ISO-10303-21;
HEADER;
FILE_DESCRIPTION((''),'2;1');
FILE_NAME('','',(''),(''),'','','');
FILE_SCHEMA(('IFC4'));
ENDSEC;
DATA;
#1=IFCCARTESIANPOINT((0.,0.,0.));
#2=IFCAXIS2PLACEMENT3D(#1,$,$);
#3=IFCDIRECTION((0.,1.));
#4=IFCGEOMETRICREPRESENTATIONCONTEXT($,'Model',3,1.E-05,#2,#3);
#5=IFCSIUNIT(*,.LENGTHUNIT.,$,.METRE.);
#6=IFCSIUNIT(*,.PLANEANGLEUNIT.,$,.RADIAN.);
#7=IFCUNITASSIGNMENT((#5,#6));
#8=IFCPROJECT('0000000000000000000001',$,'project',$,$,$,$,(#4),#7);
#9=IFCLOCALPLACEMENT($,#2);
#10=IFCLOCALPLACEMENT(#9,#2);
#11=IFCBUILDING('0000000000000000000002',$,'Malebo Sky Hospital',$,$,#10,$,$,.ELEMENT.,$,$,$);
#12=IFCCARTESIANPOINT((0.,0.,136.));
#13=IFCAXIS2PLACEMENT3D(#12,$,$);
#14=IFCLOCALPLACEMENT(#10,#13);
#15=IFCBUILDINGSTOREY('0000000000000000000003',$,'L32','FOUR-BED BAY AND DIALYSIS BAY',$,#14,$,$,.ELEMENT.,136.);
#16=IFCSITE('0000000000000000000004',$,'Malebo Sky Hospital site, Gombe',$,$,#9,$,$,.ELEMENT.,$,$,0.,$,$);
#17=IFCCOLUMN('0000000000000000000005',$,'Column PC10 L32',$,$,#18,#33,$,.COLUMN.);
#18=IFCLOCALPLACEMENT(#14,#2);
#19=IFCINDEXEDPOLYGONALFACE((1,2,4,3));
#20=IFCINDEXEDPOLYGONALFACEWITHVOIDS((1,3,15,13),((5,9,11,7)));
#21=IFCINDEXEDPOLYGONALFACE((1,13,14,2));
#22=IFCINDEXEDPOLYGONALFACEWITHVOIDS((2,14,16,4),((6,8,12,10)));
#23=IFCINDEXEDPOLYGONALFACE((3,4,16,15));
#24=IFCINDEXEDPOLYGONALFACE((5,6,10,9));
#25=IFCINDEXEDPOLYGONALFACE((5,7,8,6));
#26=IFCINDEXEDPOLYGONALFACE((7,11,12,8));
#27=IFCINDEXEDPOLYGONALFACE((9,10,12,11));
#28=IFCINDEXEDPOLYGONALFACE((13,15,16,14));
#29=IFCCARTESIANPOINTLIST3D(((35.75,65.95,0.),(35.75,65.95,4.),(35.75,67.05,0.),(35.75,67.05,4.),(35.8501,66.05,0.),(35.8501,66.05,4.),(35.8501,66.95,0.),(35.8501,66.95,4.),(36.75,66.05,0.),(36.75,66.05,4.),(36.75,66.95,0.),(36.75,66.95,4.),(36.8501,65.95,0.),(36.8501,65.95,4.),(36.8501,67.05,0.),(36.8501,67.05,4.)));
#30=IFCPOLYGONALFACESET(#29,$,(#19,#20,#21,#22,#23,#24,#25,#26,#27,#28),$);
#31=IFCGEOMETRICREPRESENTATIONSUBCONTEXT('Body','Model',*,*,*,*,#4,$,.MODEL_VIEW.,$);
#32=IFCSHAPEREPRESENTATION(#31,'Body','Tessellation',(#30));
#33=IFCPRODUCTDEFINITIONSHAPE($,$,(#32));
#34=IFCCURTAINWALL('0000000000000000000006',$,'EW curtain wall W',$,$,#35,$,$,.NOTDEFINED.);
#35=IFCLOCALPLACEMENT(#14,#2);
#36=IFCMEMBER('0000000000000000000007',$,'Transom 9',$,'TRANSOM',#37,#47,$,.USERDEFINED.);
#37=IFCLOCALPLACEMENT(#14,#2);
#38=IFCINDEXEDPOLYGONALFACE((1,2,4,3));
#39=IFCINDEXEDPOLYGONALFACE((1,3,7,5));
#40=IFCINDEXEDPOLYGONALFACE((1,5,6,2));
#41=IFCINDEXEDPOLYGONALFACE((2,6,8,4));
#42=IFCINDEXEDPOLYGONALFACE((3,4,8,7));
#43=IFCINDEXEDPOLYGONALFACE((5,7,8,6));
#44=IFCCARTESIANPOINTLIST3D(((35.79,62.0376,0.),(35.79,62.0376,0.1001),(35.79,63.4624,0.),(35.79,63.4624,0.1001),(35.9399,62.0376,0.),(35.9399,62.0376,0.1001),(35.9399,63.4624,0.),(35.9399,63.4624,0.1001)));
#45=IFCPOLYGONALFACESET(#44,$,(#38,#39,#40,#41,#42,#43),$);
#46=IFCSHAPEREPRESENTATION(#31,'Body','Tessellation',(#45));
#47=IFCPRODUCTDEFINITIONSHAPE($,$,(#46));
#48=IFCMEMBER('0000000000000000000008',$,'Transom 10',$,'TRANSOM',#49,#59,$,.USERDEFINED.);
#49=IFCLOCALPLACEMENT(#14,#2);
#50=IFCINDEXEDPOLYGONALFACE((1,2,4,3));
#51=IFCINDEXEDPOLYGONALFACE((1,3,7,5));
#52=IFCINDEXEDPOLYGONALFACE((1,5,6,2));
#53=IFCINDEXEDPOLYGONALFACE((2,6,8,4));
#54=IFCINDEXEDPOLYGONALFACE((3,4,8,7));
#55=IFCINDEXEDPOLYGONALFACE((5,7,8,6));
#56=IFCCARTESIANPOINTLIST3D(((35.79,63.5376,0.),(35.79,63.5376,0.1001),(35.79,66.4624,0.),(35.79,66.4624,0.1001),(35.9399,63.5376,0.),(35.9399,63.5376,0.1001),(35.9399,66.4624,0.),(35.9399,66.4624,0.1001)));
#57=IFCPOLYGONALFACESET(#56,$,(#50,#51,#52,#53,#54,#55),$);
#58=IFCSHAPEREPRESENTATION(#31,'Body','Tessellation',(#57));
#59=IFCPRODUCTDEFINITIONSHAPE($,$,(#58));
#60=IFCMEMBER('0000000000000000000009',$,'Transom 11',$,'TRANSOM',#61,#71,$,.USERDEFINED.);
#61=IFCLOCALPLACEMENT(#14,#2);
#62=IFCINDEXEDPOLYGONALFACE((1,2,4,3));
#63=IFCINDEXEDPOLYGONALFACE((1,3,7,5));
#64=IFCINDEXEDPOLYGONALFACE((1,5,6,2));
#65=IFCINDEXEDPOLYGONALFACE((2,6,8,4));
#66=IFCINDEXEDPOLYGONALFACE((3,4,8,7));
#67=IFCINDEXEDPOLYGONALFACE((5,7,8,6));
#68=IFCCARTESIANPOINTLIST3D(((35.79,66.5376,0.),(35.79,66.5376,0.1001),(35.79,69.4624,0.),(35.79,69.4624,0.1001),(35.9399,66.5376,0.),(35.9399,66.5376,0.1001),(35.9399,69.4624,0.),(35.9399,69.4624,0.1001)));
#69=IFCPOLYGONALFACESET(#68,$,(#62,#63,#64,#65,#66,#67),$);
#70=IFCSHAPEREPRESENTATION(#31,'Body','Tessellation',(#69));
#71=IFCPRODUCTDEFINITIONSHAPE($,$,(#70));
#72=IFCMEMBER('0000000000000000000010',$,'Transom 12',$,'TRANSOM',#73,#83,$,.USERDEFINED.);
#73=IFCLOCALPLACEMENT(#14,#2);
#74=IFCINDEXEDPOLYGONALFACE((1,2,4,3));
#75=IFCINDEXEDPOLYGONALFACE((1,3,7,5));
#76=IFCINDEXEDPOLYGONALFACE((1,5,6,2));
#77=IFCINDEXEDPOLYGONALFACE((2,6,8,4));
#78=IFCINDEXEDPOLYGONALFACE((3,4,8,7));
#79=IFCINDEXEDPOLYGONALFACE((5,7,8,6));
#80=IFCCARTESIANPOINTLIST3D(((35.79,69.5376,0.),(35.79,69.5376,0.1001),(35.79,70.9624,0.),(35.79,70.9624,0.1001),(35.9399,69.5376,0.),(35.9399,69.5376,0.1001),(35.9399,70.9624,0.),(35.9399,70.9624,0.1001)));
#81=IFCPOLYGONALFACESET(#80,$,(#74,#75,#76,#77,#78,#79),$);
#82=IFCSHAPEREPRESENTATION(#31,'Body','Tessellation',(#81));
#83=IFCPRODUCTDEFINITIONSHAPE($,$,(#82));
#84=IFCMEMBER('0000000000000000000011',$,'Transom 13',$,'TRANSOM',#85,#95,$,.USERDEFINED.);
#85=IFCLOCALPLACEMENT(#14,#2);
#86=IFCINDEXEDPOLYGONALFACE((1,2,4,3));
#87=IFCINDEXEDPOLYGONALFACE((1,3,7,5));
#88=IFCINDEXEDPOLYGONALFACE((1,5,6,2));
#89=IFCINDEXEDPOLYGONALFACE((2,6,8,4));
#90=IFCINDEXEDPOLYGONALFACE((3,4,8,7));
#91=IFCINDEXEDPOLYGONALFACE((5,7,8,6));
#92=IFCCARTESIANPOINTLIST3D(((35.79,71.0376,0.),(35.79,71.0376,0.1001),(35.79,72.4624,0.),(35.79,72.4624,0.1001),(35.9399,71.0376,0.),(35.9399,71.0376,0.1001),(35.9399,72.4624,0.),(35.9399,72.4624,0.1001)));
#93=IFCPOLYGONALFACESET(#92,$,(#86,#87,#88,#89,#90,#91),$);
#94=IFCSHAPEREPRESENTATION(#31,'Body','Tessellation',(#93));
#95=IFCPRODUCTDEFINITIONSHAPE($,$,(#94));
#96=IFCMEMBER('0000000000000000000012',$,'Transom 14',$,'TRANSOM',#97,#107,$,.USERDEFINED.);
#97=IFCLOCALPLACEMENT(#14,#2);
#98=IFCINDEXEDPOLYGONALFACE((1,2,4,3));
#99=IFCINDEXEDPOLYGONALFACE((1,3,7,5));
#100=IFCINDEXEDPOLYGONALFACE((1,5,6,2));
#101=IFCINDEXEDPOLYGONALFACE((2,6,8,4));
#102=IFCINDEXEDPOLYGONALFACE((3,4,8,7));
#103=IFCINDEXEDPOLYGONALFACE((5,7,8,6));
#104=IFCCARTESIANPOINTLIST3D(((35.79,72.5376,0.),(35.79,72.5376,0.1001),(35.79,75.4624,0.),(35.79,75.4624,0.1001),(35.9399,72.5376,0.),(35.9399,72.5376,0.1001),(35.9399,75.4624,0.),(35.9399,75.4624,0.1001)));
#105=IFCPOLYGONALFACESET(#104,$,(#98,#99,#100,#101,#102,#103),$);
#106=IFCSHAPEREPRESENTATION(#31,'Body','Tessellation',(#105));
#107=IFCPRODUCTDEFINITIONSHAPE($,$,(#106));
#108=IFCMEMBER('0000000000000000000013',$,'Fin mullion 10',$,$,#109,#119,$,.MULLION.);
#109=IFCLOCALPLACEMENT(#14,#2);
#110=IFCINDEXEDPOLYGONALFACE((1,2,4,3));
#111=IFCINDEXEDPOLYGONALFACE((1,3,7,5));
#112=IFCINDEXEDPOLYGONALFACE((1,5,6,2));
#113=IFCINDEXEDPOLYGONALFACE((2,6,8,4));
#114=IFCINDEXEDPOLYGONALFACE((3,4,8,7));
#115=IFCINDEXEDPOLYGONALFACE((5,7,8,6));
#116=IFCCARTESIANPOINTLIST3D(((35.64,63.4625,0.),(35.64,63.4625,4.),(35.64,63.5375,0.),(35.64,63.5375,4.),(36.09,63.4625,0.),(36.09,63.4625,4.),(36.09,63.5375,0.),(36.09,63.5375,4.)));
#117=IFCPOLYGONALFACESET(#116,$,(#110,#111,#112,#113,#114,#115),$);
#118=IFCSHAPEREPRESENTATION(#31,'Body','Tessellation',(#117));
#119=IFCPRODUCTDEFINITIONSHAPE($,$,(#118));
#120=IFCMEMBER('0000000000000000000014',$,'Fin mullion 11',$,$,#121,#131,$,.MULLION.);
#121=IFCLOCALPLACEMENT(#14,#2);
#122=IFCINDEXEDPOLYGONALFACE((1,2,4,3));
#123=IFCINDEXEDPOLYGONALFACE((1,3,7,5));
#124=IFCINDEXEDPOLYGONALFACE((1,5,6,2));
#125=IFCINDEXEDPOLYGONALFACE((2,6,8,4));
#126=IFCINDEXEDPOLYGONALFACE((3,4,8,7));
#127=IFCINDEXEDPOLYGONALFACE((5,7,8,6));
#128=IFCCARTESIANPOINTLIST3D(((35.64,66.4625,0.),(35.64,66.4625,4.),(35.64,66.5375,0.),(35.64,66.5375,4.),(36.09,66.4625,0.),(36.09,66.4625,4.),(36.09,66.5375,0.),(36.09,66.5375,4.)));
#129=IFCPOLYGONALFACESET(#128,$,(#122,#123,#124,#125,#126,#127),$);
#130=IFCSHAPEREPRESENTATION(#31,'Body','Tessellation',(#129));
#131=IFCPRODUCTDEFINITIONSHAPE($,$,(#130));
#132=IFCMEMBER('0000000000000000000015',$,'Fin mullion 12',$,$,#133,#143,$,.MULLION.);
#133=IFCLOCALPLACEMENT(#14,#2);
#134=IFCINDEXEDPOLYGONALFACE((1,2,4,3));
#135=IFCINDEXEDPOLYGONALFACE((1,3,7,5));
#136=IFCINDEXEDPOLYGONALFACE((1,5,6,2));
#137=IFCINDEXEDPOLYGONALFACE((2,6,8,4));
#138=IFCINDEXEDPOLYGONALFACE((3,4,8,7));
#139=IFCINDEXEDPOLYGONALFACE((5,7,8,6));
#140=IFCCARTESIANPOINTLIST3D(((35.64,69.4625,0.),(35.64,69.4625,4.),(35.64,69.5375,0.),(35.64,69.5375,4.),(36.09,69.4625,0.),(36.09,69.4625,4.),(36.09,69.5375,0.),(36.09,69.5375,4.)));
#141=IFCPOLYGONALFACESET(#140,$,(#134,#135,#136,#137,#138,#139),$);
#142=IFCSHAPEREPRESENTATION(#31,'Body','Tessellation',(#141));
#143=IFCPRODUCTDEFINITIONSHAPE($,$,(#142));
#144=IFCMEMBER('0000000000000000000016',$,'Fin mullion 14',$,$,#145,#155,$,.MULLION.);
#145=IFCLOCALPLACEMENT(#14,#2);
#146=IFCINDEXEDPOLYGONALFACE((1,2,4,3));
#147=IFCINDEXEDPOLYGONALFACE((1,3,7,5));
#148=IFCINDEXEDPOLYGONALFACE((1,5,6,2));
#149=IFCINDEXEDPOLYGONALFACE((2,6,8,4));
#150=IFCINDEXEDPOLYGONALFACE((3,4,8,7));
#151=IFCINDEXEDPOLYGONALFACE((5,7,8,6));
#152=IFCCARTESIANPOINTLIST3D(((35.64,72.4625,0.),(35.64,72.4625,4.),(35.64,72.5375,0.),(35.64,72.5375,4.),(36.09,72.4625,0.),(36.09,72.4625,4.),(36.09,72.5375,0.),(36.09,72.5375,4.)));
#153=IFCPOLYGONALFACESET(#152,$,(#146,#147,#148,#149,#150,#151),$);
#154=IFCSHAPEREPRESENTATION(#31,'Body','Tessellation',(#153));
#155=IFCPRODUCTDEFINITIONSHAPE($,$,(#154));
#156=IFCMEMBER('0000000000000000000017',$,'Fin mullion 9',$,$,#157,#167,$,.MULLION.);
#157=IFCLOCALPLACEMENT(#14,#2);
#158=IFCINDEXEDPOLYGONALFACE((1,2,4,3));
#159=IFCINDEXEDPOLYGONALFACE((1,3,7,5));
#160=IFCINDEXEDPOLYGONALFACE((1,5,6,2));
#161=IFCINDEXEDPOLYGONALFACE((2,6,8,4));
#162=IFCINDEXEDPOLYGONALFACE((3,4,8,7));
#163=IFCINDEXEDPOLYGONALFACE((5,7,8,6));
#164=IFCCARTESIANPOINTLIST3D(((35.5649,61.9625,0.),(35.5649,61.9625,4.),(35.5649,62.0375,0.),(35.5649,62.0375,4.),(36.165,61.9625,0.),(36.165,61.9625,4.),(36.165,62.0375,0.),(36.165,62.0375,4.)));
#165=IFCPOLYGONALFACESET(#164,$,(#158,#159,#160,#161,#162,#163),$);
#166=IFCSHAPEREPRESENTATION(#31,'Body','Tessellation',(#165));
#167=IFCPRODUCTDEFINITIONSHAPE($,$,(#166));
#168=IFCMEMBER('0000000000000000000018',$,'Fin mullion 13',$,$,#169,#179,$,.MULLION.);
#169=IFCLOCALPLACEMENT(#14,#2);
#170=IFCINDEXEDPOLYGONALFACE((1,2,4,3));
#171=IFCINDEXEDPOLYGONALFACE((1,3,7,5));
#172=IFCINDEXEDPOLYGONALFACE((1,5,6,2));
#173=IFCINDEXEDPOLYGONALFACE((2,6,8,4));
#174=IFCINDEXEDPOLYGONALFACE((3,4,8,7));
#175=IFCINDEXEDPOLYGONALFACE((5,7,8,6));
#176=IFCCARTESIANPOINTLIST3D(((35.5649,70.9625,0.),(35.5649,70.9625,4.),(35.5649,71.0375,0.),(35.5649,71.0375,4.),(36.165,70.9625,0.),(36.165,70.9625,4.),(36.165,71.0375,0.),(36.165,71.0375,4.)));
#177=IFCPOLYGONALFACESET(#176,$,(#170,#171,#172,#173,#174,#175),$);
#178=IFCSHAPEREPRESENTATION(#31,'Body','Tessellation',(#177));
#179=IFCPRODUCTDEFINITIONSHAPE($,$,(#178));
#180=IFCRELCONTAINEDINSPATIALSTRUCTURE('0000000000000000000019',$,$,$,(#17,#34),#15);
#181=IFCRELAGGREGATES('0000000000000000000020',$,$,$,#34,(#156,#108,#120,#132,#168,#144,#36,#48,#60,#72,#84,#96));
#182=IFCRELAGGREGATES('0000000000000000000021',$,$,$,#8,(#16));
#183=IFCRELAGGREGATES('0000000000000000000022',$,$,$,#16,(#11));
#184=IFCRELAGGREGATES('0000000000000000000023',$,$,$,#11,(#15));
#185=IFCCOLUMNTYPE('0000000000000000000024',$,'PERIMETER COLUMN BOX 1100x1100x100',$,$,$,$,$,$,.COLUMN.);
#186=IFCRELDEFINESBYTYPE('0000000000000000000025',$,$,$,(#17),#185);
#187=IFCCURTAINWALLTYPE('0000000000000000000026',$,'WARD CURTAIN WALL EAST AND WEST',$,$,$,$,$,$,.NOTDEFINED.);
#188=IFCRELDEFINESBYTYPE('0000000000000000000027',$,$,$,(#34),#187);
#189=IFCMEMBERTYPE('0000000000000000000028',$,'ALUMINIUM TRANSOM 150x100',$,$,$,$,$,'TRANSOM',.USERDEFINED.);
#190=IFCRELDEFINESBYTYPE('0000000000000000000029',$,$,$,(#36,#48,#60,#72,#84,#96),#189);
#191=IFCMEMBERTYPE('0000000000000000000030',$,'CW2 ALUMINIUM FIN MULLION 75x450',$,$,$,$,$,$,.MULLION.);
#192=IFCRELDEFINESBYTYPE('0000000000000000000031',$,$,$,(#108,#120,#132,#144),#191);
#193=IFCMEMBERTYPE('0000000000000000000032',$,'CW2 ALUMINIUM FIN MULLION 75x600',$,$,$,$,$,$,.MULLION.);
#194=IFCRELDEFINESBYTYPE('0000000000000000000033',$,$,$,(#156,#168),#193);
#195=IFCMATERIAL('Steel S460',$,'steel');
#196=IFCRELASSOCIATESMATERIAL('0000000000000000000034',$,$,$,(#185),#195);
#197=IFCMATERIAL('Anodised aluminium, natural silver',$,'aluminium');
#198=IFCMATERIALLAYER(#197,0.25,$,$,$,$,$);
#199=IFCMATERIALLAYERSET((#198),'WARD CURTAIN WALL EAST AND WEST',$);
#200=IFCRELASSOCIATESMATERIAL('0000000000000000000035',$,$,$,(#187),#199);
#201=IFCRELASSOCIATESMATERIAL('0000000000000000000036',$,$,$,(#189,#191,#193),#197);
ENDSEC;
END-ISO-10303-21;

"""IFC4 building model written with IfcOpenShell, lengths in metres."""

from ifc_helpers import new_model, si_unit, direction, frame, origin, origin_2d, place, context, subcontext, project, spatial, rectangle, hollow_rectangle, extrude, material, layer, layer_set, material_profile, profile_set, type_object, element, aggregate, save


model = new_model("IFC4")

# Units and contexts
model_context = context("Model", 3, precision=1e-05, world=origin(), true_north=direction((0.0, 1.0)))
body_context = subcontext(model_context, "Body", "Model", "MODEL_VIEW")
ifc_project = project(units=[si_unit("LENGTHUNIT", "METRE"), si_unit("PLANEANGLEUNIT", "RADIAN")], contexts=[model_context])

# Site, building, storey
site_placement = place(None, origin())
site = spatial("IfcSite", under=ifc_project, at=site_placement, Name="Malebo Sky Hospital site, Gombe", CompositionType="ELEMENT", RefElevation=0.0)
building_placement = place(site_placement, origin())
building = spatial("IfcBuilding", under=site, at=building_placement, Name="Malebo Sky Hospital", CompositionType="ELEMENT")
storey_placement = place(building_placement, frame((0.0, 0.0, 136.0)))
storey = spatial("IfcBuildingStorey", under=building, at=storey_placement, Name="L32", Description="FOUR-BED BAY AND DIALYSIS BAY", CompositionType="ELEMENT", Elevation=136.0)

# Column
ifc_material_1 = material(Name="Steel S460", Category="steel")
ifc_material_profile_1 = material_profile(ifc_material_1, hollow_rectangle(XDim=1.1001, YDim=1.1001, WallThickness=0.1001, at=origin_2d()), Name="BOX 1100x1100x100")
ifc_profile_set_1 = profile_set([ifc_material_profile_1], Name="Steel S460")
column_type = type_object("IfcColumnType", Name="PERIMETER COLUMN BOX 1100x1100x100", PredefinedType="COLUMN", material=ifc_profile_set_1)
column_placement = place(storey_placement, frame((36.3, 66.5, 0.0), z_axis=(0.0, 0.0, 1.0), x_axis=(1.0, 0.0, 0.0)))
element("IfcColumn", 1, at=column_placement, inside=storey, type_object=column_type, Name="Column PC10 L32", PredefinedType="COLUMN", context=body_context, shape_type="SweptSolid", body=[
    extrude(hollow_rectangle(XDim=1.1001, YDim=1.1001, WallThickness=0.1001, at=origin_2d()), origin(), (0.0, 0.0, 1.0), 4.0),
])

# Curtain wall, members
ifc_material_2 = material(Name="Anodised aluminium, natural silver", Category="aluminium")
ifc_layer_1 = layer(ifc_material_2, 0.25)
ifc_layer_set_1 = layer_set([ifc_layer_1], Name="WARD CURTAIN WALL EAST AND WEST")
curtain_wall_type = type_object("IfcCurtainWallType", Name="WARD CURTAIN WALL EAST AND WEST", PredefinedType="NOTDEFINED", material=ifc_layer_set_1)
curtain_wall_placement = place(storey_placement, origin())
curtain_wall = element("IfcCurtainWall", 2, at=curtain_wall_placement, inside=storey, type_object=curtain_wall_type, Name="EW curtain wall W", PredefinedType="NOTDEFINED")
ifc_material_profile_2 = material_profile(ifc_material_2, rectangle(XDim=0.1499, YDim=0.1001, at=origin_2d()), Name="ALUMINIUM TRANSOM 150x100")
ifc_profile_set_2 = profile_set([ifc_material_profile_2], Name="Anodised aluminium, natural silver")
member_type_1 = type_object("IfcMemberType", Name="ALUMINIUM TRANSOM 150x100", ElementType="TRANSOM", PredefinedType="USERDEFINED", material=ifc_profile_set_2)
member_1_placement = place(storey_placement, frame((35.865, 62.0376, 0.05), z_axis=(0.0, 1.0, 0.0), x_axis=(-1.0, 0.0, 0.0)))
member_1 = element("IfcMember", 3, at=member_1_placement, type_object=member_type_1, Name="Transom 9", ObjectType="TRANSOM", PredefinedType="USERDEFINED", context=body_context, shape_type="SweptSolid", body=[
    extrude(rectangle(XDim=0.1499, YDim=0.1001, at=origin_2d()), origin(), (0.0, 0.0, 1.0), 1.4248),
])
member_2_placement = place(storey_placement, frame((35.865, 63.5376, 0.05), z_axis=(0.0, 1.0, 0.0), x_axis=(-1.0, 0.0, 0.0)))
member_2 = element("IfcMember", 4, at=member_2_placement, type_object=member_type_1, Name="Transom 10", ObjectType="TRANSOM", PredefinedType="USERDEFINED", context=body_context, shape_type="SweptSolid", body=[
    extrude(rectangle(XDim=0.1499, YDim=0.1001, at=origin_2d()), origin(), (0.0, 0.0, 1.0), 2.9248),
])
member_3_placement = place(storey_placement, frame((35.865, 66.5376, 0.05), z_axis=(0.0, 1.0, 0.0), x_axis=(-1.0, 0.0, 0.0)))
member_3 = element("IfcMember", 5, at=member_3_placement, type_object=member_type_1, Name="Transom 11", ObjectType="TRANSOM", PredefinedType="USERDEFINED", context=body_context, shape_type="SweptSolid", body=[
    extrude(rectangle(XDim=0.1499, YDim=0.1001, at=origin_2d()), origin(), (0.0, 0.0, 1.0), 2.9248),
])
member_4_placement = place(storey_placement, frame((35.865, 69.5376, 0.05), z_axis=(0.0, 1.0, 0.0), x_axis=(-1.0, 0.0, 0.0)))
member_4 = element("IfcMember", 6, at=member_4_placement, type_object=member_type_1, Name="Transom 12", ObjectType="TRANSOM", PredefinedType="USERDEFINED", context=body_context, shape_type="SweptSolid", body=[
    extrude(rectangle(XDim=0.1499, YDim=0.1001, at=origin_2d()), origin(), (0.0, 0.0, 1.0), 1.4248),
])
member_5_placement = place(storey_placement, frame((35.865, 71.0376, 0.05), z_axis=(0.0, 1.0, 0.0), x_axis=(-1.0, 0.0, 0.0)))
member_5 = element("IfcMember", 7, at=member_5_placement, type_object=member_type_1, Name="Transom 13", ObjectType="TRANSOM", PredefinedType="USERDEFINED", context=body_context, shape_type="SweptSolid", body=[
    extrude(rectangle(XDim=0.1499, YDim=0.1001, at=origin_2d()), origin(), (0.0, 0.0, 1.0), 1.4248),
])
member_6_placement = place(storey_placement, frame((35.865, 72.5376, 0.05), z_axis=(0.0, 1.0, 0.0), x_axis=(-1.0, 0.0, 0.0)))
member_6 = element("IfcMember", 8, at=member_6_placement, type_object=member_type_1, Name="Transom 14", ObjectType="TRANSOM", PredefinedType="USERDEFINED", context=body_context, shape_type="SweptSolid", body=[
    extrude(rectangle(XDim=0.1499, YDim=0.1001, at=origin_2d()), origin(), (0.0, 0.0, 1.0), 2.9248),
])
ifc_material_profile_3 = material_profile(ifc_material_2, rectangle(XDim=0.075, YDim=0.45, at=origin_2d()), Name="CW2 ALUMINIUM FIN MULLION 75x450")
ifc_profile_set_3 = profile_set([ifc_material_profile_3], Name="Anodised aluminium, natural silver")
member_type_2 = type_object("IfcMemberType", Name="CW2 ALUMINIUM FIN MULLION 75x450", PredefinedType="MULLION", material=ifc_profile_set_3)
member_7_placement = place(storey_placement, frame((35.865, 63.5, 0.0), z_axis=(0.0, 0.0, 1.0), x_axis=(0.0, 1.0, 0.0)))
member_7 = element("IfcMember", 9, at=member_7_placement, type_object=member_type_2, Name="Fin mullion 10", PredefinedType="MULLION", context=body_context, shape_type="SweptSolid", body=[
    extrude(rectangle(XDim=0.075, YDim=0.45, at=origin_2d()), origin(), (0.0, 0.0, 1.0), 4.0),
])
member_8_placement = place(storey_placement, frame((35.865, 66.5, 0.0), z_axis=(0.0, 0.0, 1.0), x_axis=(0.0, 1.0, 0.0)))
member_8 = element("IfcMember", 10, at=member_8_placement, type_object=member_type_2, Name="Fin mullion 11", PredefinedType="MULLION", context=body_context, shape_type="SweptSolid", body=[
    extrude(rectangle(XDim=0.075, YDim=0.45, at=origin_2d()), origin(), (0.0, 0.0, 1.0), 4.0),
])
member_9_placement = place(storey_placement, frame((35.865, 69.5, 0.0), z_axis=(0.0, 0.0, 1.0), x_axis=(0.0, 1.0, 0.0)))
member_9 = element("IfcMember", 11, at=member_9_placement, type_object=member_type_2, Name="Fin mullion 12", PredefinedType="MULLION", context=body_context, shape_type="SweptSolid", body=[
    extrude(rectangle(XDim=0.075, YDim=0.45, at=origin_2d()), origin(), (0.0, 0.0, 1.0), 4.0),
])
member_10_placement = place(storey_placement, frame((35.865, 72.5, 0.0), z_axis=(0.0, 0.0, 1.0), x_axis=(0.0, 1.0, 0.0)))
member_10 = element("IfcMember", 12, at=member_10_placement, type_object=member_type_2, Name="Fin mullion 14", PredefinedType="MULLION", context=body_context, shape_type="SweptSolid", body=[
    extrude(rectangle(XDim=0.075, YDim=0.45, at=origin_2d()), origin(), (0.0, 0.0, 1.0), 4.0),
])
ifc_material_profile_4 = material_profile(ifc_material_2, rectangle(XDim=0.075, YDim=0.6001, at=origin_2d()), Name="CW2 ALUMINIUM FIN MULLION 75x600")
ifc_profile_set_4 = profile_set([ifc_material_profile_4], Name="Anodised aluminium, natural silver")
member_type_3 = type_object("IfcMemberType", Name="CW2 ALUMINIUM FIN MULLION 75x600", PredefinedType="MULLION", material=ifc_profile_set_4)
member_11_placement = place(storey_placement, frame((35.865, 62.0, 0.0), z_axis=(0.0, 0.0, 1.0), x_axis=(0.0, 1.0, 0.0)))
member_11 = element("IfcMember", 13, at=member_11_placement, type_object=member_type_3, Name="Fin mullion 9", PredefinedType="MULLION", context=body_context, shape_type="SweptSolid", body=[
    extrude(rectangle(XDim=0.075, YDim=0.6001, at=origin_2d()), origin(), (0.0, 0.0, 1.0), 4.0),
])
member_12_placement = place(storey_placement, frame((35.865, 71.0, 0.0), z_axis=(0.0, 0.0, 1.0), x_axis=(0.0, 1.0, 0.0)))
member_12 = element("IfcMember", 14, at=member_12_placement, type_object=member_type_3, Name="Fin mullion 13", PredefinedType="MULLION", context=body_context, shape_type="SweptSolid", body=[
    extrude(rectangle(XDim=0.075, YDim=0.6001, at=origin_2d()), origin(), (0.0, 0.0, 1.0), 4.0),
])

aggregate(curtain_wall, [member_11, member_7, member_8, member_9, member_12, member_10, member_1, member_2, member_3, member_4, member_5, member_6])

save(model, "model.ifc")
